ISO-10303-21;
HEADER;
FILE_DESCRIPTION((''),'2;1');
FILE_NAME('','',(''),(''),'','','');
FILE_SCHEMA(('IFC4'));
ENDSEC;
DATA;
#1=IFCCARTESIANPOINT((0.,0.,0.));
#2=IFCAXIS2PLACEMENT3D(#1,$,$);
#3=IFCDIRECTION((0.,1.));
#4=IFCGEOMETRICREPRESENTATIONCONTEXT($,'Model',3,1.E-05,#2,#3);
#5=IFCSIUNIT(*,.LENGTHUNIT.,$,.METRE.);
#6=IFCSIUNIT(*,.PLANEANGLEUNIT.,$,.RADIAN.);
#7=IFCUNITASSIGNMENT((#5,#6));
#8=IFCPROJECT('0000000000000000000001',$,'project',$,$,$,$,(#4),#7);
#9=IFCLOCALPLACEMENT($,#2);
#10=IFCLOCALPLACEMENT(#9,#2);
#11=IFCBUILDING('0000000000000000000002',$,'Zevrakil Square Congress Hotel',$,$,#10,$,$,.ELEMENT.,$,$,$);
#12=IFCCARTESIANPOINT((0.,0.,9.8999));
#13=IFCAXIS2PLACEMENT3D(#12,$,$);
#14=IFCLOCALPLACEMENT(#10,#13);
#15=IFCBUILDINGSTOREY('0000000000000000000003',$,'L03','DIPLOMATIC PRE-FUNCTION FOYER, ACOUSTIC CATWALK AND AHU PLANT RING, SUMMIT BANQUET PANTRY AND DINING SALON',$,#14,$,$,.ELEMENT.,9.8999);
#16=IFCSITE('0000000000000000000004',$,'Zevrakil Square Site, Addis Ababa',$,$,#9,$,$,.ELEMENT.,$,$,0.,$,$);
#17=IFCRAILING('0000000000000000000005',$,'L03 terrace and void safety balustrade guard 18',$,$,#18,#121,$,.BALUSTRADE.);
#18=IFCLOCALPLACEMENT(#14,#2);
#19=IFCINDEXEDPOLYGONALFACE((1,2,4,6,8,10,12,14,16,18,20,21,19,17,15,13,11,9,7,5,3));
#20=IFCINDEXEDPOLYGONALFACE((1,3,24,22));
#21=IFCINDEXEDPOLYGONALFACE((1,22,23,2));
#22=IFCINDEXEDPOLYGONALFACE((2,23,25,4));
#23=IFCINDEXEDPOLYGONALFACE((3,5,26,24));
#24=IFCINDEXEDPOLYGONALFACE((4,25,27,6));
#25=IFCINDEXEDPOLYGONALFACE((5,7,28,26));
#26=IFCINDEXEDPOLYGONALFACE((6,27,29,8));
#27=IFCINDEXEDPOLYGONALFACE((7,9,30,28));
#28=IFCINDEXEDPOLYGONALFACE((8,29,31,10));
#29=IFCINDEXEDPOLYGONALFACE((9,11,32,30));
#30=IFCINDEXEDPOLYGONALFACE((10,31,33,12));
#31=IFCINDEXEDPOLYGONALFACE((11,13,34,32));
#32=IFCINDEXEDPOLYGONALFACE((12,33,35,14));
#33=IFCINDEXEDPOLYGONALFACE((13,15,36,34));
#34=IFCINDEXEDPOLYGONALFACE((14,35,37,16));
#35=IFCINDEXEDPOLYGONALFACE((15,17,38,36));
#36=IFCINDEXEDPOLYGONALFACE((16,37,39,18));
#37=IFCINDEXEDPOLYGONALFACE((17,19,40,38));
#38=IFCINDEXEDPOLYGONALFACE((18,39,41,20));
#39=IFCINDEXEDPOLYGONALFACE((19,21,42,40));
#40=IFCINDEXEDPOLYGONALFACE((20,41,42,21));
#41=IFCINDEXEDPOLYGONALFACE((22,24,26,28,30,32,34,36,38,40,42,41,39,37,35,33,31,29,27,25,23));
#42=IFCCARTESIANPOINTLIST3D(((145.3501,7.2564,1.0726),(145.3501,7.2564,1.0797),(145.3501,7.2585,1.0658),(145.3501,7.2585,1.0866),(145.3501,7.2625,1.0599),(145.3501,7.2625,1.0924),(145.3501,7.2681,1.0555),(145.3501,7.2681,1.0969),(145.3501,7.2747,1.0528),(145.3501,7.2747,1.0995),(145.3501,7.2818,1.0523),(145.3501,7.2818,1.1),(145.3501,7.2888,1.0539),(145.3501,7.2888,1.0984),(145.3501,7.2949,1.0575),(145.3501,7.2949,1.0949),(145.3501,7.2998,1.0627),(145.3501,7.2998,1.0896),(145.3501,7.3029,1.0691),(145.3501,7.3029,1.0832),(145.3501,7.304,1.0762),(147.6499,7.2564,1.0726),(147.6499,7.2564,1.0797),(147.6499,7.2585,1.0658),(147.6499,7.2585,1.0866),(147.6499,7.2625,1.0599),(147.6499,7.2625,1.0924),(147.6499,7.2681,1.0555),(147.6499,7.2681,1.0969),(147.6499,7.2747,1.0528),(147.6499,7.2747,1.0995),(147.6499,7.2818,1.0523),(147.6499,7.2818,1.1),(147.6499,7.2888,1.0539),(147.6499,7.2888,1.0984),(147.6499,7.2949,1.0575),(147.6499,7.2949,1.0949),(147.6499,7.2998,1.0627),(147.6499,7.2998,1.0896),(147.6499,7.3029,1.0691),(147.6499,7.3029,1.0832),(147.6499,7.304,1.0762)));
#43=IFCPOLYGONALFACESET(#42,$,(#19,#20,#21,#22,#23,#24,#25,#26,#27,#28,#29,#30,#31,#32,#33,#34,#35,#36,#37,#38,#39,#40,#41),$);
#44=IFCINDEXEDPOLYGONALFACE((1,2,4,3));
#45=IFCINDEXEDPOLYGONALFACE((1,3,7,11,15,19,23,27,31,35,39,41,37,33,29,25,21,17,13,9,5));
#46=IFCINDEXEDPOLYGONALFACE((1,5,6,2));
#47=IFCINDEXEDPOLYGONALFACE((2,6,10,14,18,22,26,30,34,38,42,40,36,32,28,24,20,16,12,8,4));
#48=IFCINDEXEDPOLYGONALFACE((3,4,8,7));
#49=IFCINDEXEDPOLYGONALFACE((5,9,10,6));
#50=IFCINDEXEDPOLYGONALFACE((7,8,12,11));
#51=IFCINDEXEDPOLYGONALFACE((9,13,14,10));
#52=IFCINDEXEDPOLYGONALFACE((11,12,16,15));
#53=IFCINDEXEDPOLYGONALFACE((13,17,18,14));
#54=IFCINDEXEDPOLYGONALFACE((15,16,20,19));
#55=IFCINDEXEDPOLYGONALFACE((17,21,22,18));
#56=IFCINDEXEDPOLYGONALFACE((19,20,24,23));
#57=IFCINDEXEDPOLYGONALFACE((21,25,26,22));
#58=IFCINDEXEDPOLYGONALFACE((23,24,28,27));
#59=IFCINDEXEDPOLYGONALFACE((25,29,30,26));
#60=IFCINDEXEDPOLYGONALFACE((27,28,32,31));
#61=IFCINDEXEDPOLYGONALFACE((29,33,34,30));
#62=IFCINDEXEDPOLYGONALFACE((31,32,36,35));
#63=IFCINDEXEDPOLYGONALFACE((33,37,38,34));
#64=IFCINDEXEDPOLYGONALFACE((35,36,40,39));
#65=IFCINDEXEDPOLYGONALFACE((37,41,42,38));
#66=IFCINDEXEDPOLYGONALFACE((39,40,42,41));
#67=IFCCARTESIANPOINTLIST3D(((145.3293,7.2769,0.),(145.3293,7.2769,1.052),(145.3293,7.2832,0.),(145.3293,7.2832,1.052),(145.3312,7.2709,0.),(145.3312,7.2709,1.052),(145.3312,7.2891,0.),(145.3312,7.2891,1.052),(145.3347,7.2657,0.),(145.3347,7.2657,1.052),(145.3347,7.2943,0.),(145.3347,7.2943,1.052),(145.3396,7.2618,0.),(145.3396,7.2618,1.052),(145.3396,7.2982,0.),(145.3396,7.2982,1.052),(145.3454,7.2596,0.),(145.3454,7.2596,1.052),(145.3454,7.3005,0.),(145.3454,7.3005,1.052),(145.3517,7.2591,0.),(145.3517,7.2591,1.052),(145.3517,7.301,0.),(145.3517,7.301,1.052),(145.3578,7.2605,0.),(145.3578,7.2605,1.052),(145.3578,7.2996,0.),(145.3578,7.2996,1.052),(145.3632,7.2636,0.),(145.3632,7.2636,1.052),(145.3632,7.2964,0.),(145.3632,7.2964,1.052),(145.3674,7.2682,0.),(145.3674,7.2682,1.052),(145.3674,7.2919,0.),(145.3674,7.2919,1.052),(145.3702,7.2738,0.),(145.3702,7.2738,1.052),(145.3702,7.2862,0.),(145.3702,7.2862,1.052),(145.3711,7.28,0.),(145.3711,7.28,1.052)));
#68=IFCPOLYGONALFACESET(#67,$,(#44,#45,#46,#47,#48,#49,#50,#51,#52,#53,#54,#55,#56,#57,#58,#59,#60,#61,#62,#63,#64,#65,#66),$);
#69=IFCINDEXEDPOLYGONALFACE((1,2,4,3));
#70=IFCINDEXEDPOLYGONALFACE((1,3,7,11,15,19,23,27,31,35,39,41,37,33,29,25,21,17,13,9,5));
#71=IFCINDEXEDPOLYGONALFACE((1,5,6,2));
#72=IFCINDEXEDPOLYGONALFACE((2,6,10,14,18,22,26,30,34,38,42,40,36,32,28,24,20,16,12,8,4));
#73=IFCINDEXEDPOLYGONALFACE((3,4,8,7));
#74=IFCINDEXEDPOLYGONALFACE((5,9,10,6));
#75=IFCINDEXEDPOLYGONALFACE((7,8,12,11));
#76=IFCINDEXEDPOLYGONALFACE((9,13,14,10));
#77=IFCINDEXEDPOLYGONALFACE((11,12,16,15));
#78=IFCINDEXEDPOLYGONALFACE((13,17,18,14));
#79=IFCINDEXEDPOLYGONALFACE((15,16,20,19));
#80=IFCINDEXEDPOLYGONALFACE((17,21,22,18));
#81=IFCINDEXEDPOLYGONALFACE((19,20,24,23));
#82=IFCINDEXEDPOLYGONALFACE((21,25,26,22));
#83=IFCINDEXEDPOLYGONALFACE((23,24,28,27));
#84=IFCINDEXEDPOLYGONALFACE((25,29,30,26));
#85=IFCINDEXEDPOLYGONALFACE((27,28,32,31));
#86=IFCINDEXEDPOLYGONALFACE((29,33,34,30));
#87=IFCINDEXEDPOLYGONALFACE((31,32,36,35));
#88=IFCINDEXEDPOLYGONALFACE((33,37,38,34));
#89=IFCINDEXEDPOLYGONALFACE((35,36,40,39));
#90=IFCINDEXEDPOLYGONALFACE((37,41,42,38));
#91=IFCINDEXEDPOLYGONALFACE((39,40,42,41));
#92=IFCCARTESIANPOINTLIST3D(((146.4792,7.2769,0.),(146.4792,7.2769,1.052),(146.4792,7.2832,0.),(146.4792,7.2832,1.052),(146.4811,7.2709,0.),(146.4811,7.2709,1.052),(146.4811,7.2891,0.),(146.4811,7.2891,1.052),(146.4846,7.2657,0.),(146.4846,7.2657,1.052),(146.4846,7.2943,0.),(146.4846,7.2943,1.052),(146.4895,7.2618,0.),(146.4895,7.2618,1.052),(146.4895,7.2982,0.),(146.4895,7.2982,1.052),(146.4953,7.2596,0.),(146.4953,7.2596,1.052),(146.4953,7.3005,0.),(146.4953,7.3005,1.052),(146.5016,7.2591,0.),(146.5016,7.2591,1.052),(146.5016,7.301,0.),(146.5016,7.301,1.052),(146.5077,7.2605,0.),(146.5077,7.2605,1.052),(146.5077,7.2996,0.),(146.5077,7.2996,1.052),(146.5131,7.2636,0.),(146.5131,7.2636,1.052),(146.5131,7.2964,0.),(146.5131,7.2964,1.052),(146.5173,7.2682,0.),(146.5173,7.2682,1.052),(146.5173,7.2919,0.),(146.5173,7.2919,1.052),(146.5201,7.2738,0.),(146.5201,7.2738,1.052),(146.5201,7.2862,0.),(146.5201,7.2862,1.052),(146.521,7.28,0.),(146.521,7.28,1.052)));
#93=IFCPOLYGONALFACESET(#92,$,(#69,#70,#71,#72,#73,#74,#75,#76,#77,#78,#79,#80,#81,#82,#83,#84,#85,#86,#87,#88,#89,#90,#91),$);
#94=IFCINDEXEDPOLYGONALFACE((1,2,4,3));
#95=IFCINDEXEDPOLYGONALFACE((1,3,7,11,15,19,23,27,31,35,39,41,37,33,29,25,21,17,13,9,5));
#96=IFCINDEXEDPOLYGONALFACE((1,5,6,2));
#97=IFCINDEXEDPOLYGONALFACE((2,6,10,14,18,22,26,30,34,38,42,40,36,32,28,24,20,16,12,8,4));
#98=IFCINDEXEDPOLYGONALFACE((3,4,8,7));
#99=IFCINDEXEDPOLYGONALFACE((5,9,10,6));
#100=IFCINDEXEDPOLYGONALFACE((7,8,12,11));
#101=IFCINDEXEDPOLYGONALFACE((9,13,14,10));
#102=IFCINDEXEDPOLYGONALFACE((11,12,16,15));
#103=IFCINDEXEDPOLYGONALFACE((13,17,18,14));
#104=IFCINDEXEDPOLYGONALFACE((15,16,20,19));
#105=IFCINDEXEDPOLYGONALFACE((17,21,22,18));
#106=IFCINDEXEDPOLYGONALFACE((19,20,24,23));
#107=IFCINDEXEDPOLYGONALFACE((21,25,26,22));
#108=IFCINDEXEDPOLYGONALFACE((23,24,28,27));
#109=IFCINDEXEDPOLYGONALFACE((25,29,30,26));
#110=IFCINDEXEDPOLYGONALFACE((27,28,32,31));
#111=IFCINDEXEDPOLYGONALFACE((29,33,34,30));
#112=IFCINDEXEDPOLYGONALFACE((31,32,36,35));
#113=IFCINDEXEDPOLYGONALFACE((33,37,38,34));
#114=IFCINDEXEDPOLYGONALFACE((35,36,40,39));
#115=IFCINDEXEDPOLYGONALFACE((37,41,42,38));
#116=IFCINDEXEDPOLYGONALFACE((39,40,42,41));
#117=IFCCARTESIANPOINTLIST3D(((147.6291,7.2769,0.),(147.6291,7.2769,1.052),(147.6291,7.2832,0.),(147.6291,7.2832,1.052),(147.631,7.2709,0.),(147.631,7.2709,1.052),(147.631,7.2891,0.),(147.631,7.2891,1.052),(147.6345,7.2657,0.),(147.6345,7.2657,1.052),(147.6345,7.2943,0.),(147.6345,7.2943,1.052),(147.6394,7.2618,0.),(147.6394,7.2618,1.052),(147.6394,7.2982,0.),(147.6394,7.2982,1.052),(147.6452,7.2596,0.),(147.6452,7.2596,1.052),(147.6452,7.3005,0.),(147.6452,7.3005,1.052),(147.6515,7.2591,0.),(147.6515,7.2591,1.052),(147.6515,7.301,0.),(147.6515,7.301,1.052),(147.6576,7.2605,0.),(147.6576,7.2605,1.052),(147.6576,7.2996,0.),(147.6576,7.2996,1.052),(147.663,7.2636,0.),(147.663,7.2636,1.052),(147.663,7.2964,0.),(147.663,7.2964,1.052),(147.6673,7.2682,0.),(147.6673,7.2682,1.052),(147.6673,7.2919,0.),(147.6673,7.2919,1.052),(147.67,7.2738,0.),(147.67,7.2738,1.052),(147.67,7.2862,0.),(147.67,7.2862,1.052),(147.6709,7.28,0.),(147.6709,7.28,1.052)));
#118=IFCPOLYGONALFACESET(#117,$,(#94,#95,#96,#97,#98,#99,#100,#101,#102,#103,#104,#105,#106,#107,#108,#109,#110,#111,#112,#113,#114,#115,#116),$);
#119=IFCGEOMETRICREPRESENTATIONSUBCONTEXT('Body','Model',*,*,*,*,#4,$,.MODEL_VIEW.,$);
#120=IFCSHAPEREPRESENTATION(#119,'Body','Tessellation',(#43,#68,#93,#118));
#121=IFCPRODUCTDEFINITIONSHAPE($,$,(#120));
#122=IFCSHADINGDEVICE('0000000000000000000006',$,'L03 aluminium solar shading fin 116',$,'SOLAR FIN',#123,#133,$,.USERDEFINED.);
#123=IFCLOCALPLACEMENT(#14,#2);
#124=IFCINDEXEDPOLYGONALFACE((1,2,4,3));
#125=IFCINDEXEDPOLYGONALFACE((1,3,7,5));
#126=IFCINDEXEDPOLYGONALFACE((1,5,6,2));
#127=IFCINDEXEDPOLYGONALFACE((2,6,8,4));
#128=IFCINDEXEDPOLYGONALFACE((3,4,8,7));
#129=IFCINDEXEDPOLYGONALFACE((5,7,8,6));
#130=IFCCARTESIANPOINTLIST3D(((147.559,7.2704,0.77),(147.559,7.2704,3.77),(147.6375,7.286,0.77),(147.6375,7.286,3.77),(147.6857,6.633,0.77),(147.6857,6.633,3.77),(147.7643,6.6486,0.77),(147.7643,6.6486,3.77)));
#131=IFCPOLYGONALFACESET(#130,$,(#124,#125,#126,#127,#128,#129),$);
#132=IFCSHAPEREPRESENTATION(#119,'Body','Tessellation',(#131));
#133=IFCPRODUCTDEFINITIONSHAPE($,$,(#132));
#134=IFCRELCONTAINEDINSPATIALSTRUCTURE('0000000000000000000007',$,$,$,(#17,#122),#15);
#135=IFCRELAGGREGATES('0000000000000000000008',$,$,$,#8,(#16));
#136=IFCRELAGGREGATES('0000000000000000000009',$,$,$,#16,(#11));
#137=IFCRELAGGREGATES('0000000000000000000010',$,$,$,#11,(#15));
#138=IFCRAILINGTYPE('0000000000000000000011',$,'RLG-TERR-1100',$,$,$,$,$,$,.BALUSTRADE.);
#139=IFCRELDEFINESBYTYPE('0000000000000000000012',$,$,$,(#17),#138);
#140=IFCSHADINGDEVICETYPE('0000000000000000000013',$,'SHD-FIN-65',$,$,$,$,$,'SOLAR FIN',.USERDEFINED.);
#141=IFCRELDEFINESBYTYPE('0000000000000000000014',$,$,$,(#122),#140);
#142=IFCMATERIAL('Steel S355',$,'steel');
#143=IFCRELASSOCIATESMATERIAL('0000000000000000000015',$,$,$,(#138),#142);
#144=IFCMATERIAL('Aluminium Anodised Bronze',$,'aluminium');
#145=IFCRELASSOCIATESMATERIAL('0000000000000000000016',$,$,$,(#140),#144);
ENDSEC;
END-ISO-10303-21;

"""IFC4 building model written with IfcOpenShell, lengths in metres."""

from ifc_helpers import new_model, si_unit, direction, frame, origin, origin_2d, place, context, subcontext, project, spatial, rectangle, circle, extrude, material, type_object, element, save


model = new_model("IFC4")

# Units and contexts
model_context = context("Model", 3, precision=1e-05, world=origin(), true_north=direction((0.0, 1.0)))
body_context = subcontext(model_context, "Body", "Model", "MODEL_VIEW")
ifc_project = project(units=[si_unit("LENGTHUNIT", "METRE"), si_unit("PLANEANGLEUNIT", "RADIAN")], contexts=[model_context])

# Site, building, storey
site_placement = place(None, origin())
site = spatial("IfcSite", under=ifc_project, at=site_placement, Name="Zevrakil Square Site, Addis Ababa", CompositionType="ELEMENT", RefElevation=0.0)
building_placement = place(site_placement, origin())
building = spatial("IfcBuilding", under=site, at=building_placement, Name="Zevrakil Square Congress Hotel", CompositionType="ELEMENT")
storey_placement = place(building_placement, frame((0.0, 0.0, 9.8999)))
storey = spatial("IfcBuildingStorey", under=building, at=storey_placement, Name="L03", Description="DIPLOMATIC PRE-FUNCTION FOYER, ACOUSTIC CATWALK AND AHU PLANT RING, SUMMIT BANQUET PANTRY AND DINING SALON", CompositionType="ELEMENT", Elevation=9.8999)

# Railing
ifc_material_1 = material(Name="Steel S355", Category="steel")
railing_type = type_object("IfcRailingType", Name="RLG-TERR-1100", PredefinedType="BALUSTRADE", material=ifc_material_1)
railing_placement = place(storey_placement, frame((145.3501, 7.28, 0.0)))
element("IfcRailing", 1, at=railing_placement, inside=storey, type_object=railing_type, Name="L03 terrace and void safety balustrade guard 18", PredefinedType="BALUSTRADE", context=body_context, shape_type="SweptSolid", body=[
    extrude(circle(Radius=0.0239, at=origin_2d()), frame((0.0, 0.0, 1.0762), z_axis=(1.0, 0.0, 0.0), x_axis=(0.0, 1.0, 0.0)), (0.0, 0.0, 1.0), 2.2998),
    extrude(circle(Radius=0.021, at=origin_2d()), origin(), (0.0, 0.0, 1.0), 1.052),
    extrude(circle(Radius=0.021, at=origin_2d()), frame((1.1499, 0.0, 0.0)), (0.0, 0.0, 1.0), 1.052),
    extrude(circle(Radius=0.021, at=origin_2d()), frame((2.2998, 0.0, 0.0)), (0.0, 0.0, 1.0), 1.052),
])

# Shading device
ifc_material_2 = material(Name="Aluminium Anodised Bronze", Category="aluminium")
shading_device_type = type_object("IfcShadingDeviceType", Name="SHD-FIN-65", ElementType="SOLAR FIN", PredefinedType="USERDEFINED", material=ifc_material_2)
shading_device_placement = place(storey_placement, frame((147.6616, 6.9595, 0.77), z_axis=(0.0, 0.0, 1.0), x_axis=(0.19509, -0.980785, 0.0)))
element("IfcShadingDevice", 2, at=shading_device_placement, inside=storey, type_object=shading_device_type, Name="L03 aluminium solar shading fin 116", ObjectType="SOLAR FIN", PredefinedType="USERDEFINED", context=body_context, shape_type="SweptSolid", body=[
    extrude(rectangle(XDim=0.6499, YDim=0.0801, at=origin_2d()), origin(), (0.0, 0.0, 1.0), 3.0),
])

save(model, "model.ifc")
